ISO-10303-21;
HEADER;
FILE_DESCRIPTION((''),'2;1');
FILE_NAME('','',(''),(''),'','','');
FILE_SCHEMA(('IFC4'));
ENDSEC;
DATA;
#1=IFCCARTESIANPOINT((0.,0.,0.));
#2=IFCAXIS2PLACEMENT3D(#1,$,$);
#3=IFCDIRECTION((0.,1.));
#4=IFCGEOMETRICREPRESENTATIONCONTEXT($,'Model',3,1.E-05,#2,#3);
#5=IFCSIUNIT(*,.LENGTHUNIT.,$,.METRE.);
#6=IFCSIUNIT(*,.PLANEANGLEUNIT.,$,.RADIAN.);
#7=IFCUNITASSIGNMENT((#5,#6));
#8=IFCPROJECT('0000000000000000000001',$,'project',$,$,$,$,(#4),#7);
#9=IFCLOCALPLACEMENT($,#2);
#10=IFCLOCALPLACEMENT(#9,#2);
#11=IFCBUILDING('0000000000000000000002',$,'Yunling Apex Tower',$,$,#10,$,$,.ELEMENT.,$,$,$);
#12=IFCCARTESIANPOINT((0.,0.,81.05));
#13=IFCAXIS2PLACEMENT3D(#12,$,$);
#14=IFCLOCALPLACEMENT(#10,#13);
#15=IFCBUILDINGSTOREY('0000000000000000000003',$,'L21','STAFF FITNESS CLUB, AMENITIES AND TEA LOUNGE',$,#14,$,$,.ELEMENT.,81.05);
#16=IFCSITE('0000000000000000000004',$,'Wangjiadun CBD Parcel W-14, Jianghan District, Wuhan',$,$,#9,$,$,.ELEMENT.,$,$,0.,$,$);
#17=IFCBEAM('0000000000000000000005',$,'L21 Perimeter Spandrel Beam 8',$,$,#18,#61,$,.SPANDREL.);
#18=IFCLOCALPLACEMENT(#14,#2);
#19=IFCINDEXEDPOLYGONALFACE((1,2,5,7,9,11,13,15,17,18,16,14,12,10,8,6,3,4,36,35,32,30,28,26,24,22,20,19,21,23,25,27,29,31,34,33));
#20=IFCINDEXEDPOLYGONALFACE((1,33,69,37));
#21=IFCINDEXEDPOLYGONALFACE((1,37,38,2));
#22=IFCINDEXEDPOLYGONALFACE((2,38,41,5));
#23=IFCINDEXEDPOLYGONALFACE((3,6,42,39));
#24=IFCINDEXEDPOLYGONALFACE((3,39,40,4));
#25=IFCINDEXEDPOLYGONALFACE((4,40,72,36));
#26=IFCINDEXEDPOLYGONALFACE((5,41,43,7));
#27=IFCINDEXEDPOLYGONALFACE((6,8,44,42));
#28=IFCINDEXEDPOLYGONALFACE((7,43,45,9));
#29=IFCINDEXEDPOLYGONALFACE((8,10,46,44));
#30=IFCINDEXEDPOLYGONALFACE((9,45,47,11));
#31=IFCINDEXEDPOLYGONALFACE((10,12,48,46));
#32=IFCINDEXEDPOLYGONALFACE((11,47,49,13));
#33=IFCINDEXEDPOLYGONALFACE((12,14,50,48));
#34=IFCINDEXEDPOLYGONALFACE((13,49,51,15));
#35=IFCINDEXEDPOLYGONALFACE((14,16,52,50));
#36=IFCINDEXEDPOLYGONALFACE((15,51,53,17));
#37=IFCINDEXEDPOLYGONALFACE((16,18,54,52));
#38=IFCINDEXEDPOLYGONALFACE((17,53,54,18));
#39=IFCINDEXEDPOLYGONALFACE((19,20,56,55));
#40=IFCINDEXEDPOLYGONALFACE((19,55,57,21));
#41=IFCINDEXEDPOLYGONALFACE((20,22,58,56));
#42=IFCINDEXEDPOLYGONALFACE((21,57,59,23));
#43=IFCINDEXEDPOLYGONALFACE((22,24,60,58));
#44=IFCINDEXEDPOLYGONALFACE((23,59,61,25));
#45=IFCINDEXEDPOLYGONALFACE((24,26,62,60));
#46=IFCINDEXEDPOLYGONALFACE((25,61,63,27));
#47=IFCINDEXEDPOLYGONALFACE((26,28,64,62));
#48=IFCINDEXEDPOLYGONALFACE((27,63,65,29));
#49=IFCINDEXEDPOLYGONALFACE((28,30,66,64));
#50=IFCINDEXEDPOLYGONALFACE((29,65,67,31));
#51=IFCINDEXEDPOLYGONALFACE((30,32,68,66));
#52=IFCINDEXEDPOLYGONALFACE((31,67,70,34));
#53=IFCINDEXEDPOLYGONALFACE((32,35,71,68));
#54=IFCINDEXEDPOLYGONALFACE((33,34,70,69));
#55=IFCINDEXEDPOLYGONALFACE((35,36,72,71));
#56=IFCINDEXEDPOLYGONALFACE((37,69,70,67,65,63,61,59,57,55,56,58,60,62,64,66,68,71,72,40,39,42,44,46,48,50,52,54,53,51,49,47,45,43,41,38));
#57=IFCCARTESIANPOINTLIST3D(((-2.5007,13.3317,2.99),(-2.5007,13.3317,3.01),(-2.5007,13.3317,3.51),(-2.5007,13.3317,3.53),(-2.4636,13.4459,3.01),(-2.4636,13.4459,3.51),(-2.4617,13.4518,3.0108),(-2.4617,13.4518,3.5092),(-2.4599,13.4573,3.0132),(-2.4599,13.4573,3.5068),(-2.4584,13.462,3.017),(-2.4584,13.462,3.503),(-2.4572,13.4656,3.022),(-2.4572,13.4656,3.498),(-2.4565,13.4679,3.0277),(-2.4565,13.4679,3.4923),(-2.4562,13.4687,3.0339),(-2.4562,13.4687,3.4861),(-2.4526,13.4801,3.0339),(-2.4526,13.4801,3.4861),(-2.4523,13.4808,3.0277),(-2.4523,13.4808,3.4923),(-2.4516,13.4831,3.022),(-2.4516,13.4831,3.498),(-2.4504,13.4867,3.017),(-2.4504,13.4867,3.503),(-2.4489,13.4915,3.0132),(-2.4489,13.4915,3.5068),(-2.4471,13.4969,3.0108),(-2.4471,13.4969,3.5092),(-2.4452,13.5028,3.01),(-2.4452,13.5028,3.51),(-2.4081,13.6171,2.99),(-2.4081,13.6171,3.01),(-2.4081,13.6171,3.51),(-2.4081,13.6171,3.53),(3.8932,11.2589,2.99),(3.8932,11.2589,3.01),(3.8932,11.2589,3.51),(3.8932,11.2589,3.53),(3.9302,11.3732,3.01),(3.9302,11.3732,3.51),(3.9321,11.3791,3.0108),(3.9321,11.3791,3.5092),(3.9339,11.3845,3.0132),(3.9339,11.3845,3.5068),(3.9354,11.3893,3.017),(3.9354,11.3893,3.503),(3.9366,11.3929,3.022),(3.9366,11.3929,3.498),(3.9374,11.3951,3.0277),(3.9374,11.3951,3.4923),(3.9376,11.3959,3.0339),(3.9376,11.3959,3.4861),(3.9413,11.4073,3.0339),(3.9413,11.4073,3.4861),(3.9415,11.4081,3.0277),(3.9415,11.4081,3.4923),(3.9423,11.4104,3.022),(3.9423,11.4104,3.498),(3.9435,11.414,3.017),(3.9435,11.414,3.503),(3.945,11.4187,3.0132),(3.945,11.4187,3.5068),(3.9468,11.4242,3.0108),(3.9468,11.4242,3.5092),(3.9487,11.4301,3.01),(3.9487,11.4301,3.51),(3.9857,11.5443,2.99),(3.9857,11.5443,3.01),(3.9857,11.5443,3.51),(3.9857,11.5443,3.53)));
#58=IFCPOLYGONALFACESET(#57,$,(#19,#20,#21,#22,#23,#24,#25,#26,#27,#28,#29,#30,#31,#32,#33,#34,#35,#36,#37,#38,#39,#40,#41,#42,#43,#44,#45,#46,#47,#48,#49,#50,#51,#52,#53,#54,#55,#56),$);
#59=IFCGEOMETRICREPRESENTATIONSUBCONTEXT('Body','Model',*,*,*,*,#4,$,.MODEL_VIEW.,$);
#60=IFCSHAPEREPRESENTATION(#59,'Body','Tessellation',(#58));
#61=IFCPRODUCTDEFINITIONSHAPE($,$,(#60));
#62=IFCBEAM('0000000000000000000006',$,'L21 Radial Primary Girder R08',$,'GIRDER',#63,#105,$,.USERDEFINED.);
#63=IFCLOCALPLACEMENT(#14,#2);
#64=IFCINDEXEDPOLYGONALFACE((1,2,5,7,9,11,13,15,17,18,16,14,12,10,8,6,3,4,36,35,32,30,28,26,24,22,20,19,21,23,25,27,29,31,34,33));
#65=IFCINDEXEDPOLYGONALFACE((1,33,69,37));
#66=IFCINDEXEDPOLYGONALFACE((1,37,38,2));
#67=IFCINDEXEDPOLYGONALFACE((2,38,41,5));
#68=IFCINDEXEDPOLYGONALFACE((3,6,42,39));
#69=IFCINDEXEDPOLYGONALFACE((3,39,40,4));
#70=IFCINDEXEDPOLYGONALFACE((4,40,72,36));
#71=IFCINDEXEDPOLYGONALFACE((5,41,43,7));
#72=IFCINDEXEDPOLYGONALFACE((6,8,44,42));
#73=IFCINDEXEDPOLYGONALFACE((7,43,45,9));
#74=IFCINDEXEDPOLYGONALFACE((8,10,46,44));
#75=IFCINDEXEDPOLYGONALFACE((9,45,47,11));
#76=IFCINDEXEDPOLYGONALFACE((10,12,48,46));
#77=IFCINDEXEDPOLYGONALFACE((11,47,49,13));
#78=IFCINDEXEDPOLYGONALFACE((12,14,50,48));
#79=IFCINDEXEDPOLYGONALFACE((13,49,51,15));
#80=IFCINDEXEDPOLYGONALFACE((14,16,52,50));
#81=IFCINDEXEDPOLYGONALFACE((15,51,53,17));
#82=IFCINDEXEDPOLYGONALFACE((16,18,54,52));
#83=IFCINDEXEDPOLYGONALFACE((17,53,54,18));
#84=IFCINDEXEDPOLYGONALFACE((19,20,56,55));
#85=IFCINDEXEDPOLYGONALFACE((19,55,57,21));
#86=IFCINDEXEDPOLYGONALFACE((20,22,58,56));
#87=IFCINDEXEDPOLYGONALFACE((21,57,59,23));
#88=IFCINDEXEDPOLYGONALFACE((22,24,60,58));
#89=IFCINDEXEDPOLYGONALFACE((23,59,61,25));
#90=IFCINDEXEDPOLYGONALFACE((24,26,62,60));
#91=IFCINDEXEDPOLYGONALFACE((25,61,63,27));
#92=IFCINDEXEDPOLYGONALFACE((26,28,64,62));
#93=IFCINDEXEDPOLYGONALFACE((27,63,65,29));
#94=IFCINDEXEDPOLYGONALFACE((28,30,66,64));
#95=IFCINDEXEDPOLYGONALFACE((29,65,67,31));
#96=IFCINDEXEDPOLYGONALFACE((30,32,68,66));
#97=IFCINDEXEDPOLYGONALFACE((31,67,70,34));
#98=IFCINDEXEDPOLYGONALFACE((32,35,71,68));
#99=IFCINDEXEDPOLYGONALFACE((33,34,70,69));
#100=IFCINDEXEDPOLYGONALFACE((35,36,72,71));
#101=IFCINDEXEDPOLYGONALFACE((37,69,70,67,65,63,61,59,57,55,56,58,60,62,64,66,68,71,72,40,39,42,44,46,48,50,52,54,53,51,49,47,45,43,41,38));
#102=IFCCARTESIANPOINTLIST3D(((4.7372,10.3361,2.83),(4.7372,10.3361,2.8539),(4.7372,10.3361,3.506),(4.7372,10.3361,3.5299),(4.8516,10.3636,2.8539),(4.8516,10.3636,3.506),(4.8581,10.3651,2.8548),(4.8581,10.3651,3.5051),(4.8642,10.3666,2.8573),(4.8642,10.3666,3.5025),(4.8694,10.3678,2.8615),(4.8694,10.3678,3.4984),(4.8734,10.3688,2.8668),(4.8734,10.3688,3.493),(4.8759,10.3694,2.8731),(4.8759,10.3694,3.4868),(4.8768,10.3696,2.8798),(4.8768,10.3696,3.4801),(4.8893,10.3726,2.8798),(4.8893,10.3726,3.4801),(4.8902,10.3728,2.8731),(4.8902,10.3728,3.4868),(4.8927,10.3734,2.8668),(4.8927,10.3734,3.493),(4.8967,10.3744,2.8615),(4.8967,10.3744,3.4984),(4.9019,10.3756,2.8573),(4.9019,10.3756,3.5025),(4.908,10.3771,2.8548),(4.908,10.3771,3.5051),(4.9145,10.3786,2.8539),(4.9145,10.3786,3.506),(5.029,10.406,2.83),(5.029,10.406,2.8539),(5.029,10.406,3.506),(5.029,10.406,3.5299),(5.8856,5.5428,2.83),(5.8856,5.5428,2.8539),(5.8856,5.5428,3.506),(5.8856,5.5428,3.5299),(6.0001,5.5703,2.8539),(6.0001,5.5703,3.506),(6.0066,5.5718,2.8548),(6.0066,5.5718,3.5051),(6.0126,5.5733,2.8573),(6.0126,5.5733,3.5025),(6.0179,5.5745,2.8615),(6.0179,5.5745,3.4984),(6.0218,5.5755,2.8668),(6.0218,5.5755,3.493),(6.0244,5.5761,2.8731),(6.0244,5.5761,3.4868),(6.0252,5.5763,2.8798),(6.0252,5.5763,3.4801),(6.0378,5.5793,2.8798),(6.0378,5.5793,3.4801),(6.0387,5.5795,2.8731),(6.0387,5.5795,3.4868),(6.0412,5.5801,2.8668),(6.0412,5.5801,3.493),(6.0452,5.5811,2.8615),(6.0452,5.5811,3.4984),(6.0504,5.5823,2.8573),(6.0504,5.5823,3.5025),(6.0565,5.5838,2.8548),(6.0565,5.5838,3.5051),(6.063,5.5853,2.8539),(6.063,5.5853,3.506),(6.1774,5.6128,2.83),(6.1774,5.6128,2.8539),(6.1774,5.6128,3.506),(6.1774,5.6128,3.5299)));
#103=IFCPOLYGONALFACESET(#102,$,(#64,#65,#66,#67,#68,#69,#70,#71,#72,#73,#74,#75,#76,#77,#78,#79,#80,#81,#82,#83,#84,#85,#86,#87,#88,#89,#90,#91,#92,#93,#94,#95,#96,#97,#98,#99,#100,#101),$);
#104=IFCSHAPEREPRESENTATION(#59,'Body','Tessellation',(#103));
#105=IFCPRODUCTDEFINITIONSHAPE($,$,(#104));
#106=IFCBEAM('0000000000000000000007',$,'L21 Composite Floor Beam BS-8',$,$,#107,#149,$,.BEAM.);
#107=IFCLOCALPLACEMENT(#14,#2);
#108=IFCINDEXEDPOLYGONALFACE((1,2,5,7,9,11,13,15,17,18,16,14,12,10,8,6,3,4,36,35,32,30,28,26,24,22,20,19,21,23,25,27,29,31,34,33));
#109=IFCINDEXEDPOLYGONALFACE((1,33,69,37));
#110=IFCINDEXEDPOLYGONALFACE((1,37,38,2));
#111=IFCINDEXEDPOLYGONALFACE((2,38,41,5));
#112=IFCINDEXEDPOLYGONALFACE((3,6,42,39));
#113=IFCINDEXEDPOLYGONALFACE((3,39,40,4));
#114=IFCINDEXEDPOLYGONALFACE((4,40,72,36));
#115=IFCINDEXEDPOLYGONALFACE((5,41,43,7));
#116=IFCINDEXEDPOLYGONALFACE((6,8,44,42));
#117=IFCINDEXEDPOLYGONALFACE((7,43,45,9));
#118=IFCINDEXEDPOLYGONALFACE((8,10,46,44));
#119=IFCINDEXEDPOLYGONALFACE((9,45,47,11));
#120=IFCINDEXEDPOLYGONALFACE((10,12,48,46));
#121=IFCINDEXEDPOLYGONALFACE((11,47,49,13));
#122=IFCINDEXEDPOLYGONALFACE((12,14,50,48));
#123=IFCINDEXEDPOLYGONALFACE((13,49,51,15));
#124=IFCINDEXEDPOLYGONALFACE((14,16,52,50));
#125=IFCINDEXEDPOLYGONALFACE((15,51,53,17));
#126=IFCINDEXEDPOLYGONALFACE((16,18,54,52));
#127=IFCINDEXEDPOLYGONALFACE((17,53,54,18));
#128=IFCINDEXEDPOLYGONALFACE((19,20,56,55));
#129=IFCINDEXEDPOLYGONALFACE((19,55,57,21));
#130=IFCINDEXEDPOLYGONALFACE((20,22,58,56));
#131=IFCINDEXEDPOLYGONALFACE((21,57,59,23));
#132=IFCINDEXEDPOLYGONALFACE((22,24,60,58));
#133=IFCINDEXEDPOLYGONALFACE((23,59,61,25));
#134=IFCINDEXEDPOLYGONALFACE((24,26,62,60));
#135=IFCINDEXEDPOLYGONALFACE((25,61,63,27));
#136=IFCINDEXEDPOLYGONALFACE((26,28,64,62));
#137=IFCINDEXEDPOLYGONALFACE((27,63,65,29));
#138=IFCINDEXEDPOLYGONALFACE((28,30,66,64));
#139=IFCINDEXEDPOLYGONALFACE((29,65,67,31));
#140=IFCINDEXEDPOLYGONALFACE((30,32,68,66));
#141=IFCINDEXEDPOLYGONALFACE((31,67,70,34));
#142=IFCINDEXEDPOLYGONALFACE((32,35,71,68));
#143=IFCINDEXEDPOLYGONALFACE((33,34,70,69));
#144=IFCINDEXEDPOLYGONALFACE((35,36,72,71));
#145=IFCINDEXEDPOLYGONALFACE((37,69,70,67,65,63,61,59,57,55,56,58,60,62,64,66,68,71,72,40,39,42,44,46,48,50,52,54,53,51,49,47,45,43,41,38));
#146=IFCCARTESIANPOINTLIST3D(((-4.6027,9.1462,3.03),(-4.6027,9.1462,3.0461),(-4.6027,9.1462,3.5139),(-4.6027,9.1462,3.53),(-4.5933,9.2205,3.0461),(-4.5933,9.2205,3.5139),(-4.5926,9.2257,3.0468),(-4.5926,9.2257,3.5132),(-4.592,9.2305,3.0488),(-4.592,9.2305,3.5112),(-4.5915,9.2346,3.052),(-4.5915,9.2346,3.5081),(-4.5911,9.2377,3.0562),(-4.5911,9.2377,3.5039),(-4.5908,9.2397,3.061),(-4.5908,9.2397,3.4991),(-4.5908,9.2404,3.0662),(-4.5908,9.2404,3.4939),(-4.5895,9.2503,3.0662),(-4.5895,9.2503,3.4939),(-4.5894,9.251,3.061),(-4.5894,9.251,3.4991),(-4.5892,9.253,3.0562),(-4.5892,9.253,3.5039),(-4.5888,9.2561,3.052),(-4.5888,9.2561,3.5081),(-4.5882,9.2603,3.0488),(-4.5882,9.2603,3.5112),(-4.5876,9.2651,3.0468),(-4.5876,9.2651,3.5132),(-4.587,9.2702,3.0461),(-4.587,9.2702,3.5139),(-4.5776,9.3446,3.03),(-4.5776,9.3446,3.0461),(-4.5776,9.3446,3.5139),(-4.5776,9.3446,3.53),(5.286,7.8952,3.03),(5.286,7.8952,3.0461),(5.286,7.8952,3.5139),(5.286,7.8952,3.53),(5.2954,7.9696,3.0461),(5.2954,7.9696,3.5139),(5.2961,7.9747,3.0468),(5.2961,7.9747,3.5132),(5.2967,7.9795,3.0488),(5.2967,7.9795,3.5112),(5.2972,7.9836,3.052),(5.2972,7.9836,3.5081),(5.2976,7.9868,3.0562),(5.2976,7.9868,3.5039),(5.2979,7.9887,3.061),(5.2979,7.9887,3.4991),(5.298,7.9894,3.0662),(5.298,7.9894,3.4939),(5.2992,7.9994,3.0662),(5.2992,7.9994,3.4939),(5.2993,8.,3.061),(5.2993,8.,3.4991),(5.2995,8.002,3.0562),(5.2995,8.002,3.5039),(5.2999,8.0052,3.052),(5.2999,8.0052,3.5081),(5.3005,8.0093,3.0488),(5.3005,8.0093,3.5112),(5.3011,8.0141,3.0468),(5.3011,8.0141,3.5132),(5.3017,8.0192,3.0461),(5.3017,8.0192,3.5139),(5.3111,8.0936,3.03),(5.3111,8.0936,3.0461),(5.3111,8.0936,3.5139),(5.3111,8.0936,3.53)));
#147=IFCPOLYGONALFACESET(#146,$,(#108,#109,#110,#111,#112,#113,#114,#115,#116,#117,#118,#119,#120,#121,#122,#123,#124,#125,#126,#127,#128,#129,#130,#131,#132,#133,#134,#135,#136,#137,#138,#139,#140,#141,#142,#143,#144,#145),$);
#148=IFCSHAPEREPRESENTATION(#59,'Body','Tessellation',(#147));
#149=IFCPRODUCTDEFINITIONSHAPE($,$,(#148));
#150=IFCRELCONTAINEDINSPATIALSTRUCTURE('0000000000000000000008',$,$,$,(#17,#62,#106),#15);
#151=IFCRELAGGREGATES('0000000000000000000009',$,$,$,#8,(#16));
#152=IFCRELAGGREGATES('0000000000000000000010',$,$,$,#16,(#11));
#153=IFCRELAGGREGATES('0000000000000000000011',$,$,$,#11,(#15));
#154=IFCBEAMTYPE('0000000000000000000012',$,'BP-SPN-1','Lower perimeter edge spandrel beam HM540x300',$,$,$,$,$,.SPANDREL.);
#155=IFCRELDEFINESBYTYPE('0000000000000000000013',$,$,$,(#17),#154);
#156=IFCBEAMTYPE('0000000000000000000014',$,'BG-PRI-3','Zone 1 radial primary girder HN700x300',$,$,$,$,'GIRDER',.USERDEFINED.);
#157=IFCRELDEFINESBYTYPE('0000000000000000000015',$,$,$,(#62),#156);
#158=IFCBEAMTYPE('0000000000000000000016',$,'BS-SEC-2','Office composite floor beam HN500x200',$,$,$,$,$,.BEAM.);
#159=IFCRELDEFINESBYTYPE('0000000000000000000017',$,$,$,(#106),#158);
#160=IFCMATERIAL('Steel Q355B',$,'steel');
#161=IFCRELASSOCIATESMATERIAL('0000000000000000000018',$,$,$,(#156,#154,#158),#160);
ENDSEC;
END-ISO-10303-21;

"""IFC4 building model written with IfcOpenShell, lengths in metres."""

from ifc_helpers import new_model, si_unit, direction, frame, origin, origin_2d, place, context, subcontext, project, spatial, i_section, extrude, source, transform, mapped, material, material_profile, profile_set, type_object, element, save


model = new_model("IFC4")

# Units and contexts
model_context = context("Model", 3, precision=1e-05, world=origin(), true_north=direction((0.0, 1.0)))
body_context = subcontext(model_context, "Body", "Model", "MODEL_VIEW")
ifc_project = project(units=[si_unit("LENGTHUNIT", "METRE"), si_unit("PLANEANGLEUNIT", "RADIAN")], contexts=[model_context])

# Site, building, storey
site_placement = place(None, origin())
site = spatial("IfcSite", under=ifc_project, at=site_placement, Name="Wangjiadun CBD Parcel W-14, Jianghan District, Wuhan", CompositionType="ELEMENT", RefElevation=0.0)
building_placement = place(site_placement, origin())
building = spatial("IfcBuilding", under=site, at=building_placement, Name="Yunling Apex Tower", CompositionType="ELEMENT")
storey_placement = place(building_placement, frame((0.0, 0.0, 81.05)))
storey = spatial("IfcBuildingStorey", under=building, at=storey_placement, Name="L21", Description="STAFF FITNESS CLUB, AMENITIES AND TEA LOUNGE", CompositionType="ELEMENT", Elevation=81.05)

# Beams
ifc_material_1 = material(Name="Steel Q355B", Category="steel")
ifc_material_profile_1 = material_profile(ifc_material_1, i_section(OverallWidth=0.3, OverallDepth=0.7, WebThickness=0.0129, FlangeThickness=0.0239, FilletRadius=0.0259, at=origin_2d()))
ifc_profile_set_1 = profile_set([ifc_material_profile_1], Name="Steel Q355B")
beam_type_1 = type_object("IfcBeamType", Name="BG-PRI-3", Description="Zone 1 radial primary girder HN700x300", ElementType="GIRDER", PredefinedType="USERDEFINED", material=ifc_profile_set_1)
ifc_material_profile_2 = material_profile(ifc_material_1, i_section(OverallWidth=0.3, OverallDepth=0.54, WebThickness=0.012, FlangeThickness=0.02, FilletRadius=0.0239, at=origin_2d()))
ifc_profile_set_2 = profile_set([ifc_material_profile_2], Name="Steel Q355B")
beam_type_2 = type_object("IfcBeamType", Name="BP-SPN-1", Description="Lower perimeter edge spandrel beam HM540x300", PredefinedType="SPANDREL", material=ifc_profile_set_2)
shared_shape_1 = source(origin(), body_context, "Body", "SweptSolid", [
    extrude(i_section(OverallWidth=0.3, OverallDepth=0.54, WebThickness=0.012, FlangeThickness=0.02, FilletRadius=0.0239, at=origin_2d()), origin(), (0.0, 0.0, 1.0), 6.7214),
])
beam_1_placement = place(storey_placement, frame((3.9395, 11.4016, 3.26), z_axis=(-0.951263, 0.308382, 0.0), x_axis=(-0.308382, -0.951263, 0.0)))
element("IfcBeam", 1, at=beam_1_placement, inside=storey, type_object=beam_type_2, Name="L21 Perimeter Spandrel Beam 8", PredefinedType="SPANDREL", context=body_context, shape_type="MappedRepresentation", body=[
    mapped(shared_shape_1, transform((0.0, 0.0, 0.0), scale=1.0)),
])
shared_shape_2 = source(origin(), body_context, "Body", "SweptSolid", [
    extrude(i_section(OverallWidth=0.3, OverallDepth=0.7, WebThickness=0.0129, FlangeThickness=0.0239, FilletRadius=0.0259, at=origin_2d()), origin(), (0.0, 0.0, 1.0), 4.929),
])
beam_2_placement = place(storey_placement, frame((4.8831, 10.3711, 3.1799), z_axis=(0.233002, -0.972476, 0.0), x_axis=(0.972476, 0.233002, 0.0)))
element("IfcBeam", 2, at=beam_2_placement, inside=storey, type_object=beam_type_1, Name="L21 Radial Primary Girder R08", ObjectType="GIRDER", PredefinedType="USERDEFINED", context=body_context, shape_type="MappedRepresentation", body=[
    mapped(shared_shape_2, transform((0.0, 0.0, 0.0), scale=1.0)),
])
ifc_material_profile_3 = material_profile(ifc_material_1, i_section(OverallWidth=0.2, OverallDepth=0.5, WebThickness=0.01, FlangeThickness=0.0161, FilletRadius=0.02, at=origin_2d()))
ifc_profile_set_3 = profile_set([ifc_material_profile_3], Name="Steel Q355B")
beam_type_3 = type_object("IfcBeamType", Name="BS-SEC-2", Description="Office composite floor beam HN500x200", PredefinedType="BEAM", material=ifc_profile_set_3)
shared_shape_3 = source(origin(), body_context, "Body", "SweptSolid", [
    extrude(i_section(OverallWidth=0.2, OverallDepth=0.5, WebThickness=0.01, FlangeThickness=0.0161, FilletRadius=0.02, at=origin_2d()), origin(), (0.0, 0.0, 1.0), 9.9675),
])
beam_3_placement = place(storey_placement, frame((5.2986, 7.9944, 3.28), z_axis=(-0.992093, 0.125506, 0.0), x_axis=(-0.125506, -0.992093, 0.0)))
element("IfcBeam", 3, at=beam_3_placement, inside=storey, type_object=beam_type_3, Name="L21 Composite Floor Beam BS-8", PredefinedType="BEAM", context=body_context, shape_type="MappedRepresentation", body=[
    mapped(shared_shape_3, transform((0.0, 0.0, 0.0), scale=1.0)),
])

save(model, "model.ifc")
